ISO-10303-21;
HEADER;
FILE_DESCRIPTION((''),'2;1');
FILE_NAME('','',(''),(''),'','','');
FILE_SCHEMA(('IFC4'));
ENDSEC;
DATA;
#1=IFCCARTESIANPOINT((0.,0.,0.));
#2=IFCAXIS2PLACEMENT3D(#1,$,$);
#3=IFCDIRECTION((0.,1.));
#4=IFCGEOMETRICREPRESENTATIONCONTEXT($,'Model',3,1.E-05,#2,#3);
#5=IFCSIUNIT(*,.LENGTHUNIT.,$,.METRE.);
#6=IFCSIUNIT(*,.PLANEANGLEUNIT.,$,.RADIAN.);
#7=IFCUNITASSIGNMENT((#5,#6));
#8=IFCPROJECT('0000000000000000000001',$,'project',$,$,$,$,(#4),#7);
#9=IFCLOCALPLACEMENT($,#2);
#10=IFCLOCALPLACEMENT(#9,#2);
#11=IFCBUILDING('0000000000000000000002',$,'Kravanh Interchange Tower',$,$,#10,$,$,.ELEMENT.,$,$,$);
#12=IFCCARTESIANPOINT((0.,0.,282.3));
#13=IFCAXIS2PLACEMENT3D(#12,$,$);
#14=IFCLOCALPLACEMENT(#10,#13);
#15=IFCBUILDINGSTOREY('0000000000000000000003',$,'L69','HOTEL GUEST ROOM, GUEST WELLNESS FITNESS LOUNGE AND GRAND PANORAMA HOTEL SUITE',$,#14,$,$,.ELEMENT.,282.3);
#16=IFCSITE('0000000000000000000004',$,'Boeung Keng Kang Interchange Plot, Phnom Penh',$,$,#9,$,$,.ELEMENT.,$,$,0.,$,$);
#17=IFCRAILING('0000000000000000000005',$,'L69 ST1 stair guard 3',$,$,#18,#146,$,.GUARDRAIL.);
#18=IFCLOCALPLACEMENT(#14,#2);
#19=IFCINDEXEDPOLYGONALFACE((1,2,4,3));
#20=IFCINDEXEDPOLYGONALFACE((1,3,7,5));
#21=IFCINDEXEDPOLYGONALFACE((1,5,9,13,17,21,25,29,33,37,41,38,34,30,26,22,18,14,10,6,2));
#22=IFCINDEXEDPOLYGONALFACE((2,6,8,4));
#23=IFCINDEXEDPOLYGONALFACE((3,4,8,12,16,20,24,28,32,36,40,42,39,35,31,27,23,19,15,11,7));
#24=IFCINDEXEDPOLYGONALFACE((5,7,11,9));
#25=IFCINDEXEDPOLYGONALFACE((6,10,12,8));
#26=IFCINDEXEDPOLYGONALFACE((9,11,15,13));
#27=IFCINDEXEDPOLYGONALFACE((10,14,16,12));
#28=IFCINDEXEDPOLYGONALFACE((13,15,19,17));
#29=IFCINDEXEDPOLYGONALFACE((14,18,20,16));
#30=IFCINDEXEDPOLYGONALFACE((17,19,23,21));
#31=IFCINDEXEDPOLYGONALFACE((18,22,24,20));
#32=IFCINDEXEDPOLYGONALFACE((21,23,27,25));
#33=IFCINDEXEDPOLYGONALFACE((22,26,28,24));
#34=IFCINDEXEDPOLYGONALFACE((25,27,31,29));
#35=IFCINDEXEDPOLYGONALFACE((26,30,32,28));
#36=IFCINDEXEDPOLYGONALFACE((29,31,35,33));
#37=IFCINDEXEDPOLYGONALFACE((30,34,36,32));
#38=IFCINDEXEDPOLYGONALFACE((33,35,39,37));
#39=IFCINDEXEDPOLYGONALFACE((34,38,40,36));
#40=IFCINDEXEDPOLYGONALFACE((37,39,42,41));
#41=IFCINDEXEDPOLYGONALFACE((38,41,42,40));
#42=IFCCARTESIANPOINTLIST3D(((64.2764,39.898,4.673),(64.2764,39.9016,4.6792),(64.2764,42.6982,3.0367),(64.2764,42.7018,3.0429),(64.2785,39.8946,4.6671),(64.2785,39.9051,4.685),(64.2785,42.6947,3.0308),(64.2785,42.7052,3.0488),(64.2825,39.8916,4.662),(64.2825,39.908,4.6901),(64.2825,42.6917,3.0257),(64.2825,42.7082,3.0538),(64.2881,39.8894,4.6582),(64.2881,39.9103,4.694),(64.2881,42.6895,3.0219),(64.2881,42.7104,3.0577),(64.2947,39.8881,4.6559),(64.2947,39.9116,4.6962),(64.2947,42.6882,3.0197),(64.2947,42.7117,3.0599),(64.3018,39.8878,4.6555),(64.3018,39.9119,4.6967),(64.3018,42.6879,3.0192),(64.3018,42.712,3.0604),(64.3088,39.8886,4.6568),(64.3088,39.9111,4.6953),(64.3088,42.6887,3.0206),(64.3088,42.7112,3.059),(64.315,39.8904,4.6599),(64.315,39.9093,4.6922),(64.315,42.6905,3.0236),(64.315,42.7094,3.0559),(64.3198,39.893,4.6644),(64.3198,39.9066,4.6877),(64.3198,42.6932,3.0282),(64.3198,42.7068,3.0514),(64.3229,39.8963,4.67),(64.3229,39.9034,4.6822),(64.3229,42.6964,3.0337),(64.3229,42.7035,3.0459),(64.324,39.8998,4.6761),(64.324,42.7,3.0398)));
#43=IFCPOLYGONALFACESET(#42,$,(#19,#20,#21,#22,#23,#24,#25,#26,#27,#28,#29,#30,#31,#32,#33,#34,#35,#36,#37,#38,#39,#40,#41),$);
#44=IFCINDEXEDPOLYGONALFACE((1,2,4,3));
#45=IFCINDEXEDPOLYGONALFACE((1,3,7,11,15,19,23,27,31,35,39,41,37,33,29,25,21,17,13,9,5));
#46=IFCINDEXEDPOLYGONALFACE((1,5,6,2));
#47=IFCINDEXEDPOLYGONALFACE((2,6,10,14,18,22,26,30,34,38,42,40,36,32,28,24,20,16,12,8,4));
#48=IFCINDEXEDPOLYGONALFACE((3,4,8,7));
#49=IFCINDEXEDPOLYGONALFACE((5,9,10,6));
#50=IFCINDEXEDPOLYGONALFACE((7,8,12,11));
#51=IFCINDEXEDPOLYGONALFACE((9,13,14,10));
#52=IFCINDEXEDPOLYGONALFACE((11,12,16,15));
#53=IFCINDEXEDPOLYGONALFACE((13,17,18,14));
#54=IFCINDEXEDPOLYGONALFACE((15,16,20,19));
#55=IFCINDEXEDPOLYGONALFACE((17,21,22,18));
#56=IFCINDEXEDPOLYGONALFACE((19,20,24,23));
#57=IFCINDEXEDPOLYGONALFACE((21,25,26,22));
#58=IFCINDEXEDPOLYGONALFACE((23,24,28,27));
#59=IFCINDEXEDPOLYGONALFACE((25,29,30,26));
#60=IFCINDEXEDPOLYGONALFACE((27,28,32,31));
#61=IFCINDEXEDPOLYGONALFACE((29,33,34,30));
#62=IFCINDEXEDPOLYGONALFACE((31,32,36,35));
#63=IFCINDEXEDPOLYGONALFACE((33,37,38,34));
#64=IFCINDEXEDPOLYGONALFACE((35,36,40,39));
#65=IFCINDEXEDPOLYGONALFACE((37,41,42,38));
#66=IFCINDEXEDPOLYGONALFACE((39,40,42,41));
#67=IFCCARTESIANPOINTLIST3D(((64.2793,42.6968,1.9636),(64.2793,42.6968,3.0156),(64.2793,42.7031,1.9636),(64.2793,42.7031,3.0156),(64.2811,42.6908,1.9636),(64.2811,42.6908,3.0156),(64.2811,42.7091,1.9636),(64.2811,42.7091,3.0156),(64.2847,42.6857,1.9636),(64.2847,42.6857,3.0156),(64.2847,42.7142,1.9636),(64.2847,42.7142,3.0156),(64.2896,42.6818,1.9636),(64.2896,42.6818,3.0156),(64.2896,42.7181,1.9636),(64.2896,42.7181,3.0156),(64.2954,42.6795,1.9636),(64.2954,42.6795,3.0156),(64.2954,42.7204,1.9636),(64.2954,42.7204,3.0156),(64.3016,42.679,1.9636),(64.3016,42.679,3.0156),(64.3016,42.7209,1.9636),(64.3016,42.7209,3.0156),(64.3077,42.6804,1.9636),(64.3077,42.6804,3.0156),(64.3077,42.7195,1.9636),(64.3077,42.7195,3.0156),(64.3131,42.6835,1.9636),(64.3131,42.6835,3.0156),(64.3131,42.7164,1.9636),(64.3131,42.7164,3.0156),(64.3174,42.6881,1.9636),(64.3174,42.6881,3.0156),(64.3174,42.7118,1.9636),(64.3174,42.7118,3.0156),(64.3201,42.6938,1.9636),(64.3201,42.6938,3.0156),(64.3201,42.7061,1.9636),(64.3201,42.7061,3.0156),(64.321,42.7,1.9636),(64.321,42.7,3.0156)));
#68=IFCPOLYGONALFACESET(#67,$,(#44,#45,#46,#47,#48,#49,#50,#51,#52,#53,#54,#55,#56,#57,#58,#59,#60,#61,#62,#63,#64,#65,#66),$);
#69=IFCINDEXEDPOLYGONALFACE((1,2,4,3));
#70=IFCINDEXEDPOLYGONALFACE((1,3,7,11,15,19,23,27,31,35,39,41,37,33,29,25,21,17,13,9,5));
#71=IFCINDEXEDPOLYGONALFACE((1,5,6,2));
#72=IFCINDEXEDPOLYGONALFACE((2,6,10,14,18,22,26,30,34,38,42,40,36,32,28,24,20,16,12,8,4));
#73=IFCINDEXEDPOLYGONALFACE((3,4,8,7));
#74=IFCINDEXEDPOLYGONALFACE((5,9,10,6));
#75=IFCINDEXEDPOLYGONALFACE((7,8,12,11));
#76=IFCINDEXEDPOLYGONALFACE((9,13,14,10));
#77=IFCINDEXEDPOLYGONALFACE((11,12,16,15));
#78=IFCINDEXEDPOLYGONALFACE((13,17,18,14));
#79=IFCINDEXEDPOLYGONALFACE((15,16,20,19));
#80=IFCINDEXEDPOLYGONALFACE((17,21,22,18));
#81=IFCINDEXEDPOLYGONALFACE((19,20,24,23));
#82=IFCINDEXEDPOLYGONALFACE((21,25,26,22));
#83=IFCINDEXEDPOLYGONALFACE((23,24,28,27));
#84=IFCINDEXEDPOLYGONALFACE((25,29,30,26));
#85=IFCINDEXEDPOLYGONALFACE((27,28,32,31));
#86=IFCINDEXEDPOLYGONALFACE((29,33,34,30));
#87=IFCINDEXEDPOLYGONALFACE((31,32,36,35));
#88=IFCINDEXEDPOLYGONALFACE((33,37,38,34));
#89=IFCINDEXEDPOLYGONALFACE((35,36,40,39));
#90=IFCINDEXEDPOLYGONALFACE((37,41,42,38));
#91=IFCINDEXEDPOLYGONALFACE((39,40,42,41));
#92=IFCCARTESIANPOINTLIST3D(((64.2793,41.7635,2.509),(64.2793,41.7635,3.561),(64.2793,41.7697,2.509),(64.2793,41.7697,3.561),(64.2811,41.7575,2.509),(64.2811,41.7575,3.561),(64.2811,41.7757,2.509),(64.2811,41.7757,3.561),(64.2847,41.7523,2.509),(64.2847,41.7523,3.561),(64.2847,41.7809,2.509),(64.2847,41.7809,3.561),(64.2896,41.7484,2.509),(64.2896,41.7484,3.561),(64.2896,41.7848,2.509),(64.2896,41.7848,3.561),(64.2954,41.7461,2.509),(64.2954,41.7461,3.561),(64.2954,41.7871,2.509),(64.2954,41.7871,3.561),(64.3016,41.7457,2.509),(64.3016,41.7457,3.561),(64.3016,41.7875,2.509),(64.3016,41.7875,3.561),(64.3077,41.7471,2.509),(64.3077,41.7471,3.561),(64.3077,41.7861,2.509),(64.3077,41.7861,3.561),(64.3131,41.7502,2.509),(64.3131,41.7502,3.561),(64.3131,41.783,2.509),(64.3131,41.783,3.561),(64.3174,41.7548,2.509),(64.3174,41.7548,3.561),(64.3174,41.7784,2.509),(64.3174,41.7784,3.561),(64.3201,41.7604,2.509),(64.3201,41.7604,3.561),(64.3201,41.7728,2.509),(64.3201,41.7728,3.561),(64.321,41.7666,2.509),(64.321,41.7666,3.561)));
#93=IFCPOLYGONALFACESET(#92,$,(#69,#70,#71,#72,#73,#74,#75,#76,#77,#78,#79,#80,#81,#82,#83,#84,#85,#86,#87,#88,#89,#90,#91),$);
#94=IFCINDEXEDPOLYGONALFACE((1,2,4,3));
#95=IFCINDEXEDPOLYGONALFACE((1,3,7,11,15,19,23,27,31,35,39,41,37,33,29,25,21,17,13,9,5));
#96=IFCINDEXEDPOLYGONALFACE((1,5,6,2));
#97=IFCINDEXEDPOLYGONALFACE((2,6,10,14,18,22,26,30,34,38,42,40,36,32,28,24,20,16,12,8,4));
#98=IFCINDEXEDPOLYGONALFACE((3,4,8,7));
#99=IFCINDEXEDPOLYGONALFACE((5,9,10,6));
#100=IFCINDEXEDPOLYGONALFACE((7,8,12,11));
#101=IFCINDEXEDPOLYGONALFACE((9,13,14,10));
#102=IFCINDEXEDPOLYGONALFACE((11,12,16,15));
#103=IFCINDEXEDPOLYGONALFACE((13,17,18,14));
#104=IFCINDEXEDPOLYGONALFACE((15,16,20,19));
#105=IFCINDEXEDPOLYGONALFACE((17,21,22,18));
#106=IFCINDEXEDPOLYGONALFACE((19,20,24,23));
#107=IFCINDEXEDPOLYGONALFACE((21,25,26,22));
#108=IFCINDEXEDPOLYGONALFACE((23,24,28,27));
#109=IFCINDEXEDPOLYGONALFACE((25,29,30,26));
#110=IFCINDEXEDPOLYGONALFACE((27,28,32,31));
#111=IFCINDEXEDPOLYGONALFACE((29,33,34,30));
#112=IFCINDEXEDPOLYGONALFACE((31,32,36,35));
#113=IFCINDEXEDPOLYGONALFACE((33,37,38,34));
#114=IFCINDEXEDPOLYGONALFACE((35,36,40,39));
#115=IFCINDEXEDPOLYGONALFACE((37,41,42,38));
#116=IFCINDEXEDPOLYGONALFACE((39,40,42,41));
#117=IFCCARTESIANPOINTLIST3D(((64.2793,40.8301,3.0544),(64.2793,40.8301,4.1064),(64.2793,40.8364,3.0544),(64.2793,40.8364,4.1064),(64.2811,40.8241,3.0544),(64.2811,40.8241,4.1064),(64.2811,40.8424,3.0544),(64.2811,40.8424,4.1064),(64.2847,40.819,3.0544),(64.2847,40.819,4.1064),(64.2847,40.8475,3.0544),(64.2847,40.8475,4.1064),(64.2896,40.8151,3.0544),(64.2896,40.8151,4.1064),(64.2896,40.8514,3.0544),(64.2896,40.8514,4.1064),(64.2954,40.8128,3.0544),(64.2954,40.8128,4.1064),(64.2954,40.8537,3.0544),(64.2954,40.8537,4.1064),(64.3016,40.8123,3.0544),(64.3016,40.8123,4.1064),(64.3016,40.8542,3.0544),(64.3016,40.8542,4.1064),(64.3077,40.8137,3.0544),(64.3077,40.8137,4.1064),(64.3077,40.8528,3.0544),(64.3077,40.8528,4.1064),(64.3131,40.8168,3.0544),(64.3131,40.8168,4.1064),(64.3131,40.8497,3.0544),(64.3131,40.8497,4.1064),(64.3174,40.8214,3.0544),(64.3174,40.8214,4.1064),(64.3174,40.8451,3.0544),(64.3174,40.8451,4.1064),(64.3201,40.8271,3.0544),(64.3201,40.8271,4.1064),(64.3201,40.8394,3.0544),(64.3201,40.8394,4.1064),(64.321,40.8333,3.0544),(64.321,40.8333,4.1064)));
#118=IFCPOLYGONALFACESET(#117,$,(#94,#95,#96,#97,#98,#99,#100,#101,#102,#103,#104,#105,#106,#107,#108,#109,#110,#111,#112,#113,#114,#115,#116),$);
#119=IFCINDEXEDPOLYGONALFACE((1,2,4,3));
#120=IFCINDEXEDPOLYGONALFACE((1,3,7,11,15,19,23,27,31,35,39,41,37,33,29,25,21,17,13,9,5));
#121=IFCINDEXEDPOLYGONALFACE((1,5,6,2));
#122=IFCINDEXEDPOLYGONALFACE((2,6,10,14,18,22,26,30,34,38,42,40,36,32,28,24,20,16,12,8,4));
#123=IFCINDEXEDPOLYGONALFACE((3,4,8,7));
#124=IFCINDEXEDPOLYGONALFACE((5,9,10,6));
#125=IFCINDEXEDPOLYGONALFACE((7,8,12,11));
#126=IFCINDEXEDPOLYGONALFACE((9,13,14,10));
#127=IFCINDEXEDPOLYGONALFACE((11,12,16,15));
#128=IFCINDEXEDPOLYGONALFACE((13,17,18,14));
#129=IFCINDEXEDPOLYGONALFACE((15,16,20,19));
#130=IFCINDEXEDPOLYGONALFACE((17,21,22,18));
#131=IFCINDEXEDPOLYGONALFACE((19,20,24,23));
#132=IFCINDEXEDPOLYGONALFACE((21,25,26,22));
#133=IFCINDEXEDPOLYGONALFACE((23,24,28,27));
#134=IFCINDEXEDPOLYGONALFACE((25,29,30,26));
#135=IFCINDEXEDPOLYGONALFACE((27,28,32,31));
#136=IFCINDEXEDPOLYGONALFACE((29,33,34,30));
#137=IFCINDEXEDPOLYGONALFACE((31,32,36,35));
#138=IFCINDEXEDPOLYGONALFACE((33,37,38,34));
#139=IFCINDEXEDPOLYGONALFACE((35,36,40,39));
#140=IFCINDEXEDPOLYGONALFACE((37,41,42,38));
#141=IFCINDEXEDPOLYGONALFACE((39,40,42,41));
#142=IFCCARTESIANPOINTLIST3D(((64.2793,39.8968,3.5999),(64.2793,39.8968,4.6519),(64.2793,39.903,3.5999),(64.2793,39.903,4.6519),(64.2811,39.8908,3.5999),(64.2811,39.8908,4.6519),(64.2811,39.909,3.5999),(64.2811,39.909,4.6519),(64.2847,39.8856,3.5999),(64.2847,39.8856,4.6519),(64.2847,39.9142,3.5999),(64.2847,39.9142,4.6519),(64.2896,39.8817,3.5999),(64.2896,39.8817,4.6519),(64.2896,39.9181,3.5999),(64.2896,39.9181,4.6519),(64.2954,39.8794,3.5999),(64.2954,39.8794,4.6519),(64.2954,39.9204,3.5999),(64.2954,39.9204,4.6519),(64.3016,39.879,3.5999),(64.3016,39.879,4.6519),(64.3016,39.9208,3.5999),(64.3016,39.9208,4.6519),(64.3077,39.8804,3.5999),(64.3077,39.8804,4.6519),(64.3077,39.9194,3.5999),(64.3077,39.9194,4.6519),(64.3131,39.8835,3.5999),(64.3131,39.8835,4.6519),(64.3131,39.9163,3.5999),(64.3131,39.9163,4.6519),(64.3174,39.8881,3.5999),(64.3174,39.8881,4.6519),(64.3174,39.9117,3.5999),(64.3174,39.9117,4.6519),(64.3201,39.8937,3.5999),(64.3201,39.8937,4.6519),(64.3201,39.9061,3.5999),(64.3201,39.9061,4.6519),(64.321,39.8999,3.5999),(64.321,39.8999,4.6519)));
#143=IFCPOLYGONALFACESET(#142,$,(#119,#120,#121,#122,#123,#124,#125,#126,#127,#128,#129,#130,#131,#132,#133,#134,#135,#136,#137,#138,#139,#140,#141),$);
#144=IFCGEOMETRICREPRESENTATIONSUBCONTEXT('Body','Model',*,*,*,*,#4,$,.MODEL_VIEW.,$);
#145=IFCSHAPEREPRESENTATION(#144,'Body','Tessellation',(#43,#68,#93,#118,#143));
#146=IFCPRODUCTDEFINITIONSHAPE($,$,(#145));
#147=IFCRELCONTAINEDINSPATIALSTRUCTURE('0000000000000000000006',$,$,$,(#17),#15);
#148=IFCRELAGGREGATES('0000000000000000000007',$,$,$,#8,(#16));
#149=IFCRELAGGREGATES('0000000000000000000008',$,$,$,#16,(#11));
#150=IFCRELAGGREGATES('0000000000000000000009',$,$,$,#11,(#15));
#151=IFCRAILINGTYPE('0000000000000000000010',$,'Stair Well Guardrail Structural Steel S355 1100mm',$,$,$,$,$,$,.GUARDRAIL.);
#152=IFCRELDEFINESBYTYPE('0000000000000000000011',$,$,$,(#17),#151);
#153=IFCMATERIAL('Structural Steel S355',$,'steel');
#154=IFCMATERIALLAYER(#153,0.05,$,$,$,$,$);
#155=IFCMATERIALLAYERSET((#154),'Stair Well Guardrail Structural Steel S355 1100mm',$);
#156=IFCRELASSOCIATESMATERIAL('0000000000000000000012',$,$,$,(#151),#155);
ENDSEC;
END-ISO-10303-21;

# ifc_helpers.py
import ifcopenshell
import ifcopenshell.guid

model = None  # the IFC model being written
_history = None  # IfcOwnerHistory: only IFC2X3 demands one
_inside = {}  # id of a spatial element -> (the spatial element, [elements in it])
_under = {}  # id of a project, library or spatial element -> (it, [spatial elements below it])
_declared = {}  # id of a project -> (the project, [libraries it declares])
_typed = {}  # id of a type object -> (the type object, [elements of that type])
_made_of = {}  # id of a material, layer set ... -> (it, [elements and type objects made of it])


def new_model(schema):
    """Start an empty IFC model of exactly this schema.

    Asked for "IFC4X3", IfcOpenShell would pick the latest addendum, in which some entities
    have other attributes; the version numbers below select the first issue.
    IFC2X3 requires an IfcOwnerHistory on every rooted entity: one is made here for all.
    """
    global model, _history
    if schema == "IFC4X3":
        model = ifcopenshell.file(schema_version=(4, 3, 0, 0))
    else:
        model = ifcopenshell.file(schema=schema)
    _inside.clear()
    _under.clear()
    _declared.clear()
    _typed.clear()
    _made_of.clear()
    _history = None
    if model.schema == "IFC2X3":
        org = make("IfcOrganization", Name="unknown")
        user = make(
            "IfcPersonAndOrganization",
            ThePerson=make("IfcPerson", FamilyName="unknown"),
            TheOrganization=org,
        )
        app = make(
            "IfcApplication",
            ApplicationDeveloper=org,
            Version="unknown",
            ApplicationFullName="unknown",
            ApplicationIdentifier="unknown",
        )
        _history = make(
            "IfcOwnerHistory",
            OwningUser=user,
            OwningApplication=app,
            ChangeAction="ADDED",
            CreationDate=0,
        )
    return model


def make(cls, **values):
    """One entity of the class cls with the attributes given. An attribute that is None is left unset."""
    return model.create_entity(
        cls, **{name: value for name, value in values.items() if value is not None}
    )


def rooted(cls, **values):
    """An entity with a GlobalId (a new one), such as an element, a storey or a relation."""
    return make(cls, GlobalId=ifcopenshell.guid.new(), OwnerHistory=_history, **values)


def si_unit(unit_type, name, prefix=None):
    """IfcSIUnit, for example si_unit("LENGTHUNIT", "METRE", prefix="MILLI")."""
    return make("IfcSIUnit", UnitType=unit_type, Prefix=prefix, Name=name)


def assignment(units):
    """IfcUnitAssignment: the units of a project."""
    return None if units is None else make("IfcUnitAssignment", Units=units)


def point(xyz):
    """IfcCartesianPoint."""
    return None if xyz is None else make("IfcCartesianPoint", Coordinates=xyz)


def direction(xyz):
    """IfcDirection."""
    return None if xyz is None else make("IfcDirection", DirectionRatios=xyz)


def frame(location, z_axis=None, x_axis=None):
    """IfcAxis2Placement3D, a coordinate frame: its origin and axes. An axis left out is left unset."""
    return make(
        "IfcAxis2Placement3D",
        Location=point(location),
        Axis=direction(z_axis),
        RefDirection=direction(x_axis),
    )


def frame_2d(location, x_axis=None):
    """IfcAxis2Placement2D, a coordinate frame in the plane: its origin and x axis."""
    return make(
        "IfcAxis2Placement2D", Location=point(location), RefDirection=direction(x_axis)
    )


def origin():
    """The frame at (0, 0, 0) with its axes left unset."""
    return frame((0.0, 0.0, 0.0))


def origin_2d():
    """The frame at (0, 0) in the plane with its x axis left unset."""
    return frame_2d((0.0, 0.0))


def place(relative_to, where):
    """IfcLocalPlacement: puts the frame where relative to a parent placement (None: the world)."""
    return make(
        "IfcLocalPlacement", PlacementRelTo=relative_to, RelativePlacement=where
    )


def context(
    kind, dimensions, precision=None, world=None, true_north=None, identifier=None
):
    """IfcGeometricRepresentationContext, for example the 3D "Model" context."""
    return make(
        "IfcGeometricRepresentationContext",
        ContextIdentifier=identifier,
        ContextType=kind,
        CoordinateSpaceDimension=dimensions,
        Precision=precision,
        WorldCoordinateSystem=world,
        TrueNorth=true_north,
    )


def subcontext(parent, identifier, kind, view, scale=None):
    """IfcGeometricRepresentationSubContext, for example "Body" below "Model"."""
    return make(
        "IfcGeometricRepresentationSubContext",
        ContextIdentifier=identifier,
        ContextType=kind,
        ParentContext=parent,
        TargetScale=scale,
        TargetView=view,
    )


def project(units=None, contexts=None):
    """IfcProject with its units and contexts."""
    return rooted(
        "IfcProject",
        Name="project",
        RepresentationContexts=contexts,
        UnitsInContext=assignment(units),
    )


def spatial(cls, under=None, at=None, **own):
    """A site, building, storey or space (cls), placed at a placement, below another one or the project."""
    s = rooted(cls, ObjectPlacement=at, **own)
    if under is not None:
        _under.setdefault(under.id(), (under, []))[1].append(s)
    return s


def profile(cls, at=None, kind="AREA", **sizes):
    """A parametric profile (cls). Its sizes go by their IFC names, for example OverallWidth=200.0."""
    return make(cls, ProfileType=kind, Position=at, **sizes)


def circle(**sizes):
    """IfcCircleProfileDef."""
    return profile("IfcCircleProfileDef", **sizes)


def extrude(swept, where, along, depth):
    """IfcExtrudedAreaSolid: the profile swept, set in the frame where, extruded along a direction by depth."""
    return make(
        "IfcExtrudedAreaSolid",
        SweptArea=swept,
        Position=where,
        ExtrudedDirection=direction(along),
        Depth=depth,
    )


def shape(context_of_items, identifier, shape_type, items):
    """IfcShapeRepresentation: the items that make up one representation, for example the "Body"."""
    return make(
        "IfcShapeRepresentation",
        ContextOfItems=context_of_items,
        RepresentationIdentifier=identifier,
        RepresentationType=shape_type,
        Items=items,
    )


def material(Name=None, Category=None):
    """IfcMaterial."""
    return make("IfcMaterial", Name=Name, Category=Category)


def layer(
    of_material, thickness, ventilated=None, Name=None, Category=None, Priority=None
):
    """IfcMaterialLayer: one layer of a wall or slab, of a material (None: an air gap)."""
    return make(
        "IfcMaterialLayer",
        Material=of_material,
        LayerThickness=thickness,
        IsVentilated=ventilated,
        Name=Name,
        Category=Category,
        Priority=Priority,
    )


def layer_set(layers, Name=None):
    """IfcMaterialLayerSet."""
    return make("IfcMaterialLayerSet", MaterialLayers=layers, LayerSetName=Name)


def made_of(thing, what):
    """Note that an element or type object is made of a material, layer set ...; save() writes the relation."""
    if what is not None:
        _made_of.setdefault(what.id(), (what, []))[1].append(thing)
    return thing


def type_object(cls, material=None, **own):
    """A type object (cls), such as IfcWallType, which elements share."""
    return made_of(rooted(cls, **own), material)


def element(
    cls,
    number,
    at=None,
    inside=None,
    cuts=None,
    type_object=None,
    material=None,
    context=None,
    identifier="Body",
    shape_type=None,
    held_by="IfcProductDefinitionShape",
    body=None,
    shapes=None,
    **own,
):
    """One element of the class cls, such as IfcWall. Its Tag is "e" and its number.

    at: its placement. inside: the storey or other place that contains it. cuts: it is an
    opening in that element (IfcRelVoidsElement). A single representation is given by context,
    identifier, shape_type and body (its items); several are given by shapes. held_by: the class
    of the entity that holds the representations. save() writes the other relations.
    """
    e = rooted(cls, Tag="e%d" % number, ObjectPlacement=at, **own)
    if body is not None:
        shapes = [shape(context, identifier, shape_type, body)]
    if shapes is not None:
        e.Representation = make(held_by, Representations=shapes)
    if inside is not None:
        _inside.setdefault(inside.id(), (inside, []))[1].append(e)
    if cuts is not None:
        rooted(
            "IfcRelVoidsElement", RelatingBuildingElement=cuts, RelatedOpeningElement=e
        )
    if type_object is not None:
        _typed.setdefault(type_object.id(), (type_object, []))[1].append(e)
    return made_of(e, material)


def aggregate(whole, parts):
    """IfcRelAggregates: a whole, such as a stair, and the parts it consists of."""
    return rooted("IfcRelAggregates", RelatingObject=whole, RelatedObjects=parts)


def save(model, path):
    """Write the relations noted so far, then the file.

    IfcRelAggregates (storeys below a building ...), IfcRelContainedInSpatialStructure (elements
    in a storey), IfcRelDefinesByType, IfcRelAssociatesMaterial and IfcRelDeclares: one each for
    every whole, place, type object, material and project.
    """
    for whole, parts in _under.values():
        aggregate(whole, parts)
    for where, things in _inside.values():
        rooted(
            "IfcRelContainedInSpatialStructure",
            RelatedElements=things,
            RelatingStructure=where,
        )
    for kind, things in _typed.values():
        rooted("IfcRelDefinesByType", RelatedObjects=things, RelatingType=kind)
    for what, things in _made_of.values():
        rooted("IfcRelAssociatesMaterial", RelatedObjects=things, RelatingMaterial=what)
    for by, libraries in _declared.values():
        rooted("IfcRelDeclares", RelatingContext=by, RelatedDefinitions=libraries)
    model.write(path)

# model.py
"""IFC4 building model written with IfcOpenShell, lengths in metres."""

from ifc_helpers import new_model, si_unit, direction, frame, origin, origin_2d, place, context, subcontext, project, spatial, circle, extrude, material, layer, layer_set, type_object, element, save


model = new_model("IFC4")

# Units and contexts
model_context = context("Model", 3, precision=1e-05, world=origin(), true_north=direction((0.0, 1.0)))
body_context = subcontext(model_context, "Body", "Model", "MODEL_VIEW")
ifc_project = project(units=[si_unit("LENGTHUNIT", "METRE"), si_unit("PLANEANGLEUNIT", "RADIAN")], contexts=[model_context])

# Site, building, storey
site_placement = place(None, origin())
site = spatial("IfcSite", under=ifc_project, at=site_placement, Name="Boeung Keng Kang Interchange Plot, Phnom Penh", CompositionType="ELEMENT", RefElevation=0.0)
building_placement = place(site_placement, origin())
building = spatial("IfcBuilding", under=site, at=building_placement, Name="Kravanh Interchange Tower", CompositionType="ELEMENT")
storey_placement = place(building_placement, frame((0.0, 0.0, 282.3)))
storey = spatial("IfcBuildingStorey", under=building, at=storey_placement, Name="L69", Description="HOTEL GUEST ROOM, GUEST WELLNESS FITNESS LOUNGE AND GRAND PANORAMA HOTEL SUITE", CompositionType="ELEMENT", Elevation=282.3)

# Railing
ifc_material_1 = material(Name="Structural Steel S355", Category="steel")
ifc_layer_1 = layer(ifc_material_1, 0.05)
ifc_layer_set_1 = layer_set([ifc_layer_1], Name="Stair Well Guardrail Structural Steel S355 1100mm")
railing_type_1 = type_object("IfcRailingType", Name="Stair Well Guardrail Structural Steel S355 1100mm", PredefinedType="GUARDRAIL", material=ifc_layer_set_1)
railing_1_placement = place(storey_placement, frame((64.3, 42.7, 1.9636)))
element("IfcRailing", 1, at=railing_1_placement, inside=storey, type_object=railing_type_1, Name="L69 ST1 stair guard 3", PredefinedType="GUARDRAIL", context=body_context, shape_type="SweptSolid", body=[
    extrude(circle(Radius=0.0239, at=origin_2d()), frame((0.0, 0.0, 1.0762), z_axis=(0.0, -0.863394, 0.504531), x_axis=(1.0, 0.0, 0.0)), (0.0, 0.0, 1.0), 3.2432),
    extrude(circle(Radius=0.021, at=origin_2d()), origin(), (0.0, 0.0, 1.0), 1.052),
    extrude(circle(Radius=0.021, at=origin_2d()), frame((0.0, -0.9333, 0.5454)), (0.0, 0.0, 1.0), 1.052),
    extrude(circle(Radius=0.021, at=origin_2d()), frame((0.0, -1.8667, 1.0908)), (0.0, 0.0, 1.0), 1.052),
    extrude(circle(Radius=0.021, at=origin_2d()), frame((0.0, -2.8, 1.6362)), (0.0, 0.0, 1.0), 1.052),
])

save(model, "model.ifc")
